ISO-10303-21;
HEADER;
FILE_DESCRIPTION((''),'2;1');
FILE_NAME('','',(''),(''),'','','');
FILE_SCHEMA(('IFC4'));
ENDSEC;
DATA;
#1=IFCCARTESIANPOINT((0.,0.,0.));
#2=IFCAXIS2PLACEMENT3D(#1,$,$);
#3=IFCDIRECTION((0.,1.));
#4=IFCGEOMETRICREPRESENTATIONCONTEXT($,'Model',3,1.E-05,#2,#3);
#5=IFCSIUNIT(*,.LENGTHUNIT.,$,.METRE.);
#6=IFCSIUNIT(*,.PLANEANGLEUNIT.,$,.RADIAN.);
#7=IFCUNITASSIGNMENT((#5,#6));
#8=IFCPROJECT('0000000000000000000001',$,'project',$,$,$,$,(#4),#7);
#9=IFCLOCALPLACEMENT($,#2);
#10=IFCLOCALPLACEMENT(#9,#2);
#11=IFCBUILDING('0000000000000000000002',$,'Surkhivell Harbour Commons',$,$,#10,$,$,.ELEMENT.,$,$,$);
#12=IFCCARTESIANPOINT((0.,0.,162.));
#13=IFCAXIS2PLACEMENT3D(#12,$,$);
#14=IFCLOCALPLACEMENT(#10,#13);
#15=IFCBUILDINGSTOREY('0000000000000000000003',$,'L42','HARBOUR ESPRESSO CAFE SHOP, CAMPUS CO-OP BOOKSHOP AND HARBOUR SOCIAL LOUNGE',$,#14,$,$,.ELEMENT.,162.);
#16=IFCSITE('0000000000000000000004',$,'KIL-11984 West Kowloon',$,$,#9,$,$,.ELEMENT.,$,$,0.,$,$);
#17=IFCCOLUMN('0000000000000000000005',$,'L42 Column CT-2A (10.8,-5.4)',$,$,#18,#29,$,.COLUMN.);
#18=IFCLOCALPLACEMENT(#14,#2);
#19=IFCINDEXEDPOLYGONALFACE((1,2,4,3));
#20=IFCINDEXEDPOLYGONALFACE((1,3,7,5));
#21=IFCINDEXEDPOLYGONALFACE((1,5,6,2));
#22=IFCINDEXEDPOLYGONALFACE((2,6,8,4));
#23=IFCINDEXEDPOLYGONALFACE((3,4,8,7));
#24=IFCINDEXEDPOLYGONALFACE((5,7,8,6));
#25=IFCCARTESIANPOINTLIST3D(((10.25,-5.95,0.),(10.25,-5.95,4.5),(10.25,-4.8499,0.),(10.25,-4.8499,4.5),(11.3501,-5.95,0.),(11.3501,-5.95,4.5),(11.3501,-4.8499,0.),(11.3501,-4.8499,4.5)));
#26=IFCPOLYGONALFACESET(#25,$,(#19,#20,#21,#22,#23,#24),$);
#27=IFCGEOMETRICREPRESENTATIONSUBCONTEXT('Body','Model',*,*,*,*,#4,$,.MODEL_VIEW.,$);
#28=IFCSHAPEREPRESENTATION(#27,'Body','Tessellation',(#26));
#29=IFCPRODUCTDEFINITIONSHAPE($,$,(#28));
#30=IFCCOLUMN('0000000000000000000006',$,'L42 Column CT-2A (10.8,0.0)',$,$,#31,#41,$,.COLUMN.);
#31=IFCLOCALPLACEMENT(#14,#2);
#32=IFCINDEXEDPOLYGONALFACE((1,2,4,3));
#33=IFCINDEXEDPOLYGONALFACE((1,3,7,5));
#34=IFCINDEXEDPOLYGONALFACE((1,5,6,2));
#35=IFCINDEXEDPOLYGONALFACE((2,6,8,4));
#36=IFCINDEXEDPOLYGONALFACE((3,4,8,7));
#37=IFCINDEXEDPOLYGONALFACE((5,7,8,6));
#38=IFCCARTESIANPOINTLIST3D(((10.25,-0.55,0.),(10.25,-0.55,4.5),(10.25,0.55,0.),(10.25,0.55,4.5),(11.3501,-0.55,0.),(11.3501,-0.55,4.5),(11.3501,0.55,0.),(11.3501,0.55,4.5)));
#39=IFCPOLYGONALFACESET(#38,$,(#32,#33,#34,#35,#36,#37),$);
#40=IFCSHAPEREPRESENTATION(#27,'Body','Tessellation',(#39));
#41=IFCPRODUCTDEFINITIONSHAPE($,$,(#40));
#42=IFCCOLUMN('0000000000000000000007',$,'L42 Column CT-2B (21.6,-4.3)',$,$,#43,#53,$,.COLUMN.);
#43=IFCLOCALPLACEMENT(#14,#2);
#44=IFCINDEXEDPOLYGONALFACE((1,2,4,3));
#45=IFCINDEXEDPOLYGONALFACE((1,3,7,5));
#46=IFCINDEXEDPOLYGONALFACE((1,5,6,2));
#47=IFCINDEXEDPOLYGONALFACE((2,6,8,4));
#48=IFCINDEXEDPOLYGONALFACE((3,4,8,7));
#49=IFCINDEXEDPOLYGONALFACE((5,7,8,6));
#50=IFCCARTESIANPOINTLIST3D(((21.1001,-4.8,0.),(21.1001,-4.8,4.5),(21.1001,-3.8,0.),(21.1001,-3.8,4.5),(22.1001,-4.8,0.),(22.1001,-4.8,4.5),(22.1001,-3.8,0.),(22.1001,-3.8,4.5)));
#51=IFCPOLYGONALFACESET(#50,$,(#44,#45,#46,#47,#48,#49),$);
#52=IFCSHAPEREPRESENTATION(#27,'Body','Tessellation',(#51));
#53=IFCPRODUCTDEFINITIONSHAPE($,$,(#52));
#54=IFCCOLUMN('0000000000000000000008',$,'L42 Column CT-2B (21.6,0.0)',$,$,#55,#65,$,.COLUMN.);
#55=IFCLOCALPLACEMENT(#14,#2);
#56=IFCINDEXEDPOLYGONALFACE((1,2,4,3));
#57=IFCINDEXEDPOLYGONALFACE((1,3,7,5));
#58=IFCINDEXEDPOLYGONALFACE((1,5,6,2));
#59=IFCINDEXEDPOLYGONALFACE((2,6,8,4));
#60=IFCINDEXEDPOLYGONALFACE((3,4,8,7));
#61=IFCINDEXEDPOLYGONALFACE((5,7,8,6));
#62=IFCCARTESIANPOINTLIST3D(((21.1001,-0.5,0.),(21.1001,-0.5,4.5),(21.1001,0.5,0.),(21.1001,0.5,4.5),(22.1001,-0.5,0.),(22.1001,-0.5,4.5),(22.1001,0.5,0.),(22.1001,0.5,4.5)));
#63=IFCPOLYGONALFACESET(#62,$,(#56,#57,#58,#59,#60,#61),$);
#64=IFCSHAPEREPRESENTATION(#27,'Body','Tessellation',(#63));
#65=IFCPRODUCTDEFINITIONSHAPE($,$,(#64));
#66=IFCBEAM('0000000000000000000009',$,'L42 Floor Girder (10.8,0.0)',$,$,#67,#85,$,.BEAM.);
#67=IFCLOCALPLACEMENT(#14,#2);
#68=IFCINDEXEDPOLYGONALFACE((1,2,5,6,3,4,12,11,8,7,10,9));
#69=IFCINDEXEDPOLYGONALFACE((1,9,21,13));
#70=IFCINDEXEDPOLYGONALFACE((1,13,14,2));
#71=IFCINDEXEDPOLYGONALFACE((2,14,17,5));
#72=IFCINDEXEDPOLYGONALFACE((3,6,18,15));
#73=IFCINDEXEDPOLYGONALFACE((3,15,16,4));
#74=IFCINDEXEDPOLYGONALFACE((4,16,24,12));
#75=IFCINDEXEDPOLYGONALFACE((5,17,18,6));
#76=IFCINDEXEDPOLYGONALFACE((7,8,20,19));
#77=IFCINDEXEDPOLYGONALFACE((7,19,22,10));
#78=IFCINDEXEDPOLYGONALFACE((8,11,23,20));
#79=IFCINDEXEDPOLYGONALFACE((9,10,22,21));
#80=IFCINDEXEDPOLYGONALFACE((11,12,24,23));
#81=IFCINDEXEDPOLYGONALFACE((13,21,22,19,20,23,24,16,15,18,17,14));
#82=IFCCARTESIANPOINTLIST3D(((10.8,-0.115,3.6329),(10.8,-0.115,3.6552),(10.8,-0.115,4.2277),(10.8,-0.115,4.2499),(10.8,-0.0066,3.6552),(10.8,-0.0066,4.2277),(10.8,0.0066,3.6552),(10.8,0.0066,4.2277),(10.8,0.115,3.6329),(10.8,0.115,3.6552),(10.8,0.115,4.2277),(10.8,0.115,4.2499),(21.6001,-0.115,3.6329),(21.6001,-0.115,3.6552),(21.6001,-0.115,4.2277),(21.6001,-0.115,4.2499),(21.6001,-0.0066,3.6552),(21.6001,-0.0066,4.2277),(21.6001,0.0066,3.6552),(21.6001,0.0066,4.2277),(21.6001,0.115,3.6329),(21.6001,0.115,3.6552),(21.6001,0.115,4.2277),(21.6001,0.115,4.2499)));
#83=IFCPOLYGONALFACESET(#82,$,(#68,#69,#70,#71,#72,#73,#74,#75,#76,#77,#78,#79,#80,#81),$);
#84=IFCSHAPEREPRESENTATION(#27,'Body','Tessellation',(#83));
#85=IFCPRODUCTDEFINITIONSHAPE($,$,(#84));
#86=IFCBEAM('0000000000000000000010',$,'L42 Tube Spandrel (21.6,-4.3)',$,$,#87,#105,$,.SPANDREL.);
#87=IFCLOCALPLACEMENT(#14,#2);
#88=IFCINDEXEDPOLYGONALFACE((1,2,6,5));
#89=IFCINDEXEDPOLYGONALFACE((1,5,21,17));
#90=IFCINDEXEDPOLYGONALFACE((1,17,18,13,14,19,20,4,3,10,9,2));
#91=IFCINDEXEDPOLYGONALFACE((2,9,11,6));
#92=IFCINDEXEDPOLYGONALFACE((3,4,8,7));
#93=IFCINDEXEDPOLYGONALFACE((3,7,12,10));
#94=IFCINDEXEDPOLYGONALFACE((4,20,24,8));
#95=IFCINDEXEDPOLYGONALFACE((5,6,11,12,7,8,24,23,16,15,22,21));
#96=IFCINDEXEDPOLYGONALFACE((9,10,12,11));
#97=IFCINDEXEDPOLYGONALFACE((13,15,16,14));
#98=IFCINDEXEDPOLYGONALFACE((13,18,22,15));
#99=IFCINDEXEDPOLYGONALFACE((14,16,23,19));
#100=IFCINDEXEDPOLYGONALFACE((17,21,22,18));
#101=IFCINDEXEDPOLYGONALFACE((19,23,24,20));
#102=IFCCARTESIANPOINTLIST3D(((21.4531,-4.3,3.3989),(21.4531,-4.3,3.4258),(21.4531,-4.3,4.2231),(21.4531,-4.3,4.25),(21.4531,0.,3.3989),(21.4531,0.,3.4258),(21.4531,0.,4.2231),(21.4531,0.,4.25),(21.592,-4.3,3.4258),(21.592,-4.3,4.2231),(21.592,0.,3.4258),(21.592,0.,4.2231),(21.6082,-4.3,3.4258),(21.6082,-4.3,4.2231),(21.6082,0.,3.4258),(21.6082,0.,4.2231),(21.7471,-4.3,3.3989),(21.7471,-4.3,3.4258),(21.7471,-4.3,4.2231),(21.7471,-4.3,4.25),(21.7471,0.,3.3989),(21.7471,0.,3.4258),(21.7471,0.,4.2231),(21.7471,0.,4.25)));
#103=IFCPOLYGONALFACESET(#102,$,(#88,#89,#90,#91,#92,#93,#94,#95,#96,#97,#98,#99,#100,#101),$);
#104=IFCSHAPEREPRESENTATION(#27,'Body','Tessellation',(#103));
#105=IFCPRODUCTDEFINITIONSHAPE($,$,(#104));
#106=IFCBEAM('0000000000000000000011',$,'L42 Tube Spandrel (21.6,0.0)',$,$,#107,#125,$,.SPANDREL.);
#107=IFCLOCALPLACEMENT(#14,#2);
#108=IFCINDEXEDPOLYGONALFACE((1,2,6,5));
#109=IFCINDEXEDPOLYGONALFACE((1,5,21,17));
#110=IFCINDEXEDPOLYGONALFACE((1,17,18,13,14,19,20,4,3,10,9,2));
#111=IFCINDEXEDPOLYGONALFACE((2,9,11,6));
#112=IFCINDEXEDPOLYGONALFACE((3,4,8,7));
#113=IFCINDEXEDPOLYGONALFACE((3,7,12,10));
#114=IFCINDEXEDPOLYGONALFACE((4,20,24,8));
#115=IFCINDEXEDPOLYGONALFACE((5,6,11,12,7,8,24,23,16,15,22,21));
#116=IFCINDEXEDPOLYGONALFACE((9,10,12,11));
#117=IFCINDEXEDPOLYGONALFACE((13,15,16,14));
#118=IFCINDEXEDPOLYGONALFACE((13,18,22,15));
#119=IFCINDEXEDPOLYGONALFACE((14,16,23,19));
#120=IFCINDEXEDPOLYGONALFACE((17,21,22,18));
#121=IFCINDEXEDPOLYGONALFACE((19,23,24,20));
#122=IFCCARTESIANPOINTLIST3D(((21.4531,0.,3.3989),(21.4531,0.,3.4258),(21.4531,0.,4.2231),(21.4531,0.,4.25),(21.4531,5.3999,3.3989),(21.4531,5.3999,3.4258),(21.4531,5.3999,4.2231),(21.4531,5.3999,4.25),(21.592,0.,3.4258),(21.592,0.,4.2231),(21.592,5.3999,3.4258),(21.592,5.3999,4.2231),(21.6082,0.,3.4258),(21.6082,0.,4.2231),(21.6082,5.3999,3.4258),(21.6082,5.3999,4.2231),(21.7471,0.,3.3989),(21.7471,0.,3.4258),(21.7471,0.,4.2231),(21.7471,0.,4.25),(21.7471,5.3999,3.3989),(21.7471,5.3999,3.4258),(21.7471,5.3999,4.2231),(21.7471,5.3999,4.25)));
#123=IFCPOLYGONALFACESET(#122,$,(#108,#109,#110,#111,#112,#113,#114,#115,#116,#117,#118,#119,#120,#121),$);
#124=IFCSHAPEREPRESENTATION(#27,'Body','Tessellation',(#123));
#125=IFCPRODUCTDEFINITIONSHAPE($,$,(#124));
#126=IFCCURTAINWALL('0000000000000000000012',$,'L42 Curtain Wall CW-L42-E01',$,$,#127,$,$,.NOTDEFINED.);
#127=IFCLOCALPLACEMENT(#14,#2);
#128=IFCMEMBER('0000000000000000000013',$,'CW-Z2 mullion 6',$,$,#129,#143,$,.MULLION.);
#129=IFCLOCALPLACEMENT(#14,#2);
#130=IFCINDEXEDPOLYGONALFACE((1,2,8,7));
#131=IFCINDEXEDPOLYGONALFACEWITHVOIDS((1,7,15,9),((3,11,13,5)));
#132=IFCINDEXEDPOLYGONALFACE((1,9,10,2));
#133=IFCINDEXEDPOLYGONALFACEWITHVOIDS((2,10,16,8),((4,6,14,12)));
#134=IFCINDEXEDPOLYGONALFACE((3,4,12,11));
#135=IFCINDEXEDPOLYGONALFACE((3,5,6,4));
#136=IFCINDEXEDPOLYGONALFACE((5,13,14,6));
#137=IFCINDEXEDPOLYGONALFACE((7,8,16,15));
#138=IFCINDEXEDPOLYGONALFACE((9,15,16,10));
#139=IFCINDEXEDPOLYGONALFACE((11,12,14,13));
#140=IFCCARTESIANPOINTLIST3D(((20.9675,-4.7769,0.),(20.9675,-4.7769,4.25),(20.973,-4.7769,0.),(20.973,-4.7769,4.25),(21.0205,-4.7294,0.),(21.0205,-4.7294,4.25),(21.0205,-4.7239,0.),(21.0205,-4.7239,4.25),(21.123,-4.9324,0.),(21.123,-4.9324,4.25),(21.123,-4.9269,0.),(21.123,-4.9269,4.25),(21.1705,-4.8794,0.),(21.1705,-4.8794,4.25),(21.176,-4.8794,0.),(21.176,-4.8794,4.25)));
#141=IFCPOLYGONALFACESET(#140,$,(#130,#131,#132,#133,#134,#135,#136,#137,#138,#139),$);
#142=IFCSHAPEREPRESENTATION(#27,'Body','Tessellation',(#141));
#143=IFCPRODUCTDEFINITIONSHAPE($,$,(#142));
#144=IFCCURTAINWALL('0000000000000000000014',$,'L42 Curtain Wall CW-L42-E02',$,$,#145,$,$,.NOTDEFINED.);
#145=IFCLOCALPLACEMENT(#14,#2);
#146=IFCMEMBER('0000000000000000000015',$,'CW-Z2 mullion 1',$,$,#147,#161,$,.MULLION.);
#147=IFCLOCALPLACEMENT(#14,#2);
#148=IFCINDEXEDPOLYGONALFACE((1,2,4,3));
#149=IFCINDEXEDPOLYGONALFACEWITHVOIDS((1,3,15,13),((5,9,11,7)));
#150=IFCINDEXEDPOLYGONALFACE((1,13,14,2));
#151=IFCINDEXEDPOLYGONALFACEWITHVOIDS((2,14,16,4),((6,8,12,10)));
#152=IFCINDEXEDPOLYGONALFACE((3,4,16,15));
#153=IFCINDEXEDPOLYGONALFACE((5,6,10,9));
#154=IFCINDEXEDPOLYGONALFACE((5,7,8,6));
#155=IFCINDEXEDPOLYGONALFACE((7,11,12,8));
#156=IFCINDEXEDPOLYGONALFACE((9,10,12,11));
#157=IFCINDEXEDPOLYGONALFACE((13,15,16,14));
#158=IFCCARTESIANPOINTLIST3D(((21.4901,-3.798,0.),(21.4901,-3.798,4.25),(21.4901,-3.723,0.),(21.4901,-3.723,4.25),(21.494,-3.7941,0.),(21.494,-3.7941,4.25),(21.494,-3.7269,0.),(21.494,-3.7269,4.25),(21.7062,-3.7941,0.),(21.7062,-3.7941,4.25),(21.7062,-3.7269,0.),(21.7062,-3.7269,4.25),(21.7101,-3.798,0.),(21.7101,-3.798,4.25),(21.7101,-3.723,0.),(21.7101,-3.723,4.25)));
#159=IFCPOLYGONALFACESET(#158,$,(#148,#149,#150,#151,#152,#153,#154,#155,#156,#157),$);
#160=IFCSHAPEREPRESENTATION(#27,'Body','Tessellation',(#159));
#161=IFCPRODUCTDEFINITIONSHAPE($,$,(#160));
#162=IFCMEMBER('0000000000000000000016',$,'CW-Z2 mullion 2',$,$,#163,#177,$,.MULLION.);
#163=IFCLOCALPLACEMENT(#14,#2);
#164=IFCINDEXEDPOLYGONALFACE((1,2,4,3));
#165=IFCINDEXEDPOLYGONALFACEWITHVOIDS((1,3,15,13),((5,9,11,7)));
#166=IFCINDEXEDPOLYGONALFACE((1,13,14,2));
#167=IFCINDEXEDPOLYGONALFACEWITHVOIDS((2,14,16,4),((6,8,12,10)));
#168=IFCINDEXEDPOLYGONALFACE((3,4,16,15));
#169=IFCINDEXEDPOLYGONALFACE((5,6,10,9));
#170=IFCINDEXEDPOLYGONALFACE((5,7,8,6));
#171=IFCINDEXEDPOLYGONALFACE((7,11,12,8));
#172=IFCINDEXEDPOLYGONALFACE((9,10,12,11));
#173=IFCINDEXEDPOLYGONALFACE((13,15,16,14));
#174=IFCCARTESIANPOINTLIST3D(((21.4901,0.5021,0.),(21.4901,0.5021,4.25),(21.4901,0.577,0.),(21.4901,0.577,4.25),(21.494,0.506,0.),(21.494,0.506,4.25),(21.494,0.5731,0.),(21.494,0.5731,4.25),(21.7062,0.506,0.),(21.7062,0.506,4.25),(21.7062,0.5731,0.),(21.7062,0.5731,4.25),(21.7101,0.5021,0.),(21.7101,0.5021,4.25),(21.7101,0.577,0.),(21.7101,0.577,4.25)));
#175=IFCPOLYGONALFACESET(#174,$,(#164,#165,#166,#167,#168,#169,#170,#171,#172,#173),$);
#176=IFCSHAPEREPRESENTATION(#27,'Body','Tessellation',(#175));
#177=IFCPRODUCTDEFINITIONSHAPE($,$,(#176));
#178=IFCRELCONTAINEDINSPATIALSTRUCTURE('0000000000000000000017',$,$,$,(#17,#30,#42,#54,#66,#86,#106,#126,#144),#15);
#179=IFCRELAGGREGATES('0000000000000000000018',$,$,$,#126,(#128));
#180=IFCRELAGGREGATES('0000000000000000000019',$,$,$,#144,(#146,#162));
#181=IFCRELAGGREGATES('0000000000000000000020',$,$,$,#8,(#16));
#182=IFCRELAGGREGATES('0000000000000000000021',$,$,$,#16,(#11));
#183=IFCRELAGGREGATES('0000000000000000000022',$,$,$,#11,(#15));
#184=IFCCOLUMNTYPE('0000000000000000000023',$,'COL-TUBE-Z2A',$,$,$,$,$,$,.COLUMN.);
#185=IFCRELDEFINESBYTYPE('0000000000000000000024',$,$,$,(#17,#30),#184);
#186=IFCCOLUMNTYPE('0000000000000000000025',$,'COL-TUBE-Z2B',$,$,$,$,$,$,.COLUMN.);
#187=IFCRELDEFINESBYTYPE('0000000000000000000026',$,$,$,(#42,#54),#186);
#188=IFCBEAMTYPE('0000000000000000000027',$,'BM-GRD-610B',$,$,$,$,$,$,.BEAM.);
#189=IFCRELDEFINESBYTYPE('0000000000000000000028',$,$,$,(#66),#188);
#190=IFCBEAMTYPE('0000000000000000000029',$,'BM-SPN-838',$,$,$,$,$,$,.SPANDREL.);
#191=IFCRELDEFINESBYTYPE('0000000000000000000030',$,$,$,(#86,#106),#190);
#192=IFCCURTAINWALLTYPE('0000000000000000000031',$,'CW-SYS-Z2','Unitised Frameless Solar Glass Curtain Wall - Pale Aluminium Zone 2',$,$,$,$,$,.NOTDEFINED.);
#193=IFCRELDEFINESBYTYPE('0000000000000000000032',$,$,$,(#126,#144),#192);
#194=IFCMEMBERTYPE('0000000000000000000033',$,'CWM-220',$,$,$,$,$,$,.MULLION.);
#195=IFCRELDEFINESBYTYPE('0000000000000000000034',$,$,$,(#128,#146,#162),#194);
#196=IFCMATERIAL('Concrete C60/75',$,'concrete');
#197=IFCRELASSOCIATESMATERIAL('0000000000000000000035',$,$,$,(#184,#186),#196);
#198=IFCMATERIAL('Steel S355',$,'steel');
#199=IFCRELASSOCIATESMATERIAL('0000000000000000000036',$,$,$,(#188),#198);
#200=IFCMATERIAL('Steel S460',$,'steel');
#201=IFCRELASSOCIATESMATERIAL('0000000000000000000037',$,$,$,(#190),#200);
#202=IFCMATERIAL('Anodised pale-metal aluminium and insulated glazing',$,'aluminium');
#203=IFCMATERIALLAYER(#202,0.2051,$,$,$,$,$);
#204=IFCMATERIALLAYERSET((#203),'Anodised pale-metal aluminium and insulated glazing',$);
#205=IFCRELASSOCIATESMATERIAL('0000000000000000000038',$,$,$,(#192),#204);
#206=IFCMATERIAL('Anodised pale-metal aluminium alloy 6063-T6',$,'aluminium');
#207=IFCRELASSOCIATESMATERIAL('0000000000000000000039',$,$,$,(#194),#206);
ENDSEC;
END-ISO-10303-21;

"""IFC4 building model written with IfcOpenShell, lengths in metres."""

from ifc_helpers import new_model, si_unit, direction, frame, origin, origin_2d, place, context, subcontext, project, spatial, rectangle, hollow_rectangle, i_section, extrude, material, layer, layer_set, material_profile, profile_set, type_object, element, aggregate, save


model = new_model("IFC4")

# Units and contexts
model_context = context("Model", 3, precision=1e-05, world=origin(), true_north=direction((0.0, 1.0)))
body_context = subcontext(model_context, "Body", "Model", "MODEL_VIEW")
ifc_project = project(units=[si_unit("LENGTHUNIT", "METRE"), si_unit("PLANEANGLEUNIT", "RADIAN")], contexts=[model_context])

# Site, building, storey
site_placement = place(None, origin())
site = spatial("IfcSite", under=ifc_project, at=site_placement, Name="KIL-11984 West Kowloon", CompositionType="ELEMENT", RefElevation=0.0)
building_placement = place(site_placement, origin())
building = spatial("IfcBuilding", under=site, at=building_placement, Name="Surkhivell Harbour Commons", CompositionType="ELEMENT")
storey_placement = place(building_placement, frame((0.0, 0.0, 162.0)))
storey = spatial("IfcBuildingStorey", under=building, at=storey_placement, Name="L42", Description="HARBOUR ESPRESSO CAFE SHOP, CAMPUS CO-OP BOOKSHOP AND HARBOUR SOCIAL LOUNGE", CompositionType="ELEMENT", Elevation=162.0)

# Columns
ifc_material_1 = material(Name="Concrete C60/75", Category="concrete")
ifc_material_profile_1 = material_profile(ifc_material_1, rectangle(XDim=1.1001, YDim=1.1001, at=origin_2d()), Name="RC-COL-1100x1100")
ifc_profile_set_1 = profile_set([ifc_material_profile_1], Name="Concrete C60/75")
column_type_1 = type_object("IfcColumnType", Name="COL-TUBE-Z2A", PredefinedType="COLUMN", material=ifc_profile_set_1)
for number, where, z_axis, x_axis, name in (
    (1, (10.8, -5.3999, 0.0), (0.0, 0.0, 1.0), (1.0, 0.0, 0.0), "L42 Column CT-2A (10.8,-5.4)"),
    (2, (10.8, 0.0, 0.0), (0.0, 0.0, 1.0), (1.0, 0.0, 0.0), "L42 Column CT-2A (10.8,0.0)"),
):
    element("IfcColumn", number, at=place(storey_placement, frame(where, z_axis=z_axis, x_axis=x_axis)), inside=storey, type_object=column_type_1, Name=name, PredefinedType="COLUMN", context=body_context, shape_type="SweptSolid", body=[
        extrude(rectangle(XDim=1.1001, YDim=1.1001, at=origin_2d()), origin(), (0.0, 0.0, 1.0), 4.5),
    ])
ifc_material_profile_2 = material_profile(ifc_material_1, rectangle(XDim=1.0, YDim=1.0, at=origin_2d()), Name="RC-COL-1000x1000")
ifc_profile_set_2 = profile_set([ifc_material_profile_2], Name="Concrete C60/75")
column_type_2 = type_object("IfcColumnType", Name="COL-TUBE-Z2B", PredefinedType="COLUMN", material=ifc_profile_set_2)
for number, where, z_axis, x_axis, name in (
    (3, (21.6001, -4.3, 0.0), (0.0, 0.0, 1.0), (1.0, 0.0, 0.0), "L42 Column CT-2B (21.6,-4.3)"),
    (4, (21.6001, 0.0, 0.0), (0.0, 0.0, 1.0), (1.0, 0.0, 0.0), "L42 Column CT-2B (21.6,0.0)"),
):
    element("IfcColumn", number, at=place(storey_placement, frame(where, z_axis=z_axis, x_axis=x_axis)), inside=storey, type_object=column_type_2, Name=name, PredefinedType="COLUMN", context=body_context, shape_type="SweptSolid", body=[
        extrude(rectangle(XDim=1.0, YDim=1.0, at=origin_2d()), origin(), (0.0, 0.0, 1.0), 4.5),
    ])

# Beams
ifc_material_2 = material(Name="Steel S355", Category="steel")
ifc_material_profile_3 = material_profile(ifc_material_2, i_section(OverallWidth=0.23, OverallDepth=0.6169, WebThickness=0.0132, FlangeThickness=0.0222, at=origin_2d()), Name="UB610x229x140")
ifc_profile_set_3 = profile_set([ifc_material_profile_3], Name="Steel S355")
beam_type_1 = type_object("IfcBeamType", Name="BM-GRD-610B", PredefinedType="BEAM", material=ifc_profile_set_3)
beam_1_placement = place(storey_placement, frame((10.8, 0.0, 3.9414), z_axis=(1.0, 0.0, 0.0), x_axis=(0.0, 1.0, 0.0)))
element("IfcBeam", 5, at=beam_1_placement, inside=storey, type_object=beam_type_1, Name="L42 Floor Girder (10.8,0.0)", PredefinedType="BEAM", context=body_context, shape_type="SweptSolid", body=[
    extrude(i_section(OverallWidth=0.23, OverallDepth=0.6169, WebThickness=0.0132, FlangeThickness=0.0222, at=origin_2d()), origin(), (0.0, 0.0, 1.0), 10.8),
])
ifc_material_3 = material(Name="Steel S460", Category="steel")
ifc_material_profile_4 = material_profile(ifc_material_3, i_section(OverallWidth=0.2939, OverallDepth=0.8511, WebThickness=0.0161, FlangeThickness=0.0269, at=origin_2d()), Name="UB838x292x226")
ifc_profile_set_4 = profile_set([ifc_material_profile_4], Name="Steel S460")
beam_type_2 = type_object("IfcBeamType", Name="BM-SPN-838", PredefinedType="SPANDREL", material=ifc_profile_set_4)
beam_2_placement = place(storey_placement, frame((21.6001, -4.3, 3.8245), z_axis=(0.0, 1.0, 0.0), x_axis=(-1.0, 0.0, 0.0)))
element("IfcBeam", 6, at=beam_2_placement, inside=storey, type_object=beam_type_2, Name="L42 Tube Spandrel (21.6,-4.3)", PredefinedType="SPANDREL", context=body_context, shape_type="SweptSolid", body=[
    extrude(i_section(OverallWidth=0.2939, OverallDepth=0.8511, WebThickness=0.0161, FlangeThickness=0.0269, at=origin_2d()), origin(), (0.0, 0.0, 1.0), 4.3),
])
beam_3_placement = place(storey_placement, frame((21.6001, 0.0, 3.8245), z_axis=(0.0, 1.0, 0.0), x_axis=(-1.0, 0.0, 0.0)))
element("IfcBeam", 7, at=beam_3_placement, inside=storey, type_object=beam_type_2, Name="L42 Tube Spandrel (21.6,0.0)", PredefinedType="SPANDREL", context=body_context, shape_type="SweptSolid", body=[
    extrude(i_section(OverallWidth=0.2939, OverallDepth=0.8511, WebThickness=0.0161, FlangeThickness=0.0269, at=origin_2d()), origin(), (0.0, 0.0, 1.0), 5.3999),
])

# Curtain wall, member
ifc_material_4 = material(Name="Anodised pale-metal aluminium and insulated glazing", Category="aluminium")
ifc_layer_1 = layer(ifc_material_4, 0.2051)
ifc_layer_set_1 = layer_set([ifc_layer_1], Name="Anodised pale-metal aluminium and insulated glazing")
curtain_wall_type = type_object("IfcCurtainWallType", Name="CW-SYS-Z2", Description="Unitised Frameless Solar Glass Curtain Wall - Pale Aluminium Zone 2", PredefinedType="NOTDEFINED", material=ifc_layer_set_1)
curtain_wall_1_placement = place(storey_placement, origin())
curtain_wall_1 = element("IfcCurtainWall", 8, at=curtain_wall_1_placement, inside=storey, type_object=curtain_wall_type, Name="L42 Curtain Wall CW-L42-E01", PredefinedType="NOTDEFINED")
ifc_material_5 = material(Name="Anodised pale-metal aluminium alloy 6063-T6", Category="aluminium")
ifc_material_profile_5 = material_profile(ifc_material_5, hollow_rectangle(XDim=0.075, YDim=0.22, WallThickness=0.0039, at=origin_2d()), Name="ALU-MULL-75x220")
ifc_profile_set_5 = profile_set([ifc_material_profile_5], Name="Anodised pale-metal aluminium alloy 6063-T6")
member_type_1 = type_object("IfcMemberType", Name="CWM-220", PredefinedType="MULLION", material=ifc_profile_set_5)
member_1_placement = place(storey_placement, frame((21.0718, -4.8281, 0.0), z_axis=(0.0, 0.0, 1.0), x_axis=(0.707107, 0.707107, 0.0)))
member_1 = element("IfcMember", 9, at=member_1_placement, type_object=member_type_1, Name="CW-Z2 mullion 6", PredefinedType="MULLION", context=body_context, shape_type="SweptSolid", body=[
    extrude(hollow_rectangle(XDim=0.075, YDim=0.22, WallThickness=0.0039, at=origin_2d()), origin(), (0.0, 0.0, 1.0), 4.25),
])
aggregate(curtain_wall_1, [member_1])

# Curtain wall, members
curtain_wall_2_placement = place(storey_placement, origin())
curtain_wall_2 = element("IfcCurtainWall", 10, at=curtain_wall_2_placement, inside=storey, type_object=curtain_wall_type, Name="L42 Curtain Wall CW-L42-E02", PredefinedType="NOTDEFINED")
member_2_placement = place(storey_placement, frame((21.6001, -3.7605, 0.0), z_axis=(0.0, 0.0, 1.0), x_axis=(0.0, 1.0, 0.0)))
member_2 = element("IfcMember", 11, at=member_2_placement, type_object=member_type_1, Name="CW-Z2 mullion 1", PredefinedType="MULLION", context=body_context, shape_type="SweptSolid", body=[
    extrude(hollow_rectangle(XDim=0.075, YDim=0.22, WallThickness=0.0039, at=origin_2d()), origin(), (0.0, 0.0, 1.0), 4.25),
])
member_3_placement = place(storey_placement, frame((21.6001, 0.5396, 0.0), z_axis=(0.0, 0.0, 1.0), x_axis=(0.0, 1.0, 0.0)))
member_3 = element("IfcMember", 12, at=member_3_placement, type_object=member_type_1, Name="CW-Z2 mullion 2", PredefinedType="MULLION", context=body_context, shape_type="SweptSolid", body=[
    extrude(hollow_rectangle(XDim=0.075, YDim=0.22, WallThickness=0.0039, at=origin_2d()), origin(), (0.0, 0.0, 1.0), 4.25),
])
aggregate(curtain_wall_2, [member_2, member_3])

save(model, "model.ifc")
